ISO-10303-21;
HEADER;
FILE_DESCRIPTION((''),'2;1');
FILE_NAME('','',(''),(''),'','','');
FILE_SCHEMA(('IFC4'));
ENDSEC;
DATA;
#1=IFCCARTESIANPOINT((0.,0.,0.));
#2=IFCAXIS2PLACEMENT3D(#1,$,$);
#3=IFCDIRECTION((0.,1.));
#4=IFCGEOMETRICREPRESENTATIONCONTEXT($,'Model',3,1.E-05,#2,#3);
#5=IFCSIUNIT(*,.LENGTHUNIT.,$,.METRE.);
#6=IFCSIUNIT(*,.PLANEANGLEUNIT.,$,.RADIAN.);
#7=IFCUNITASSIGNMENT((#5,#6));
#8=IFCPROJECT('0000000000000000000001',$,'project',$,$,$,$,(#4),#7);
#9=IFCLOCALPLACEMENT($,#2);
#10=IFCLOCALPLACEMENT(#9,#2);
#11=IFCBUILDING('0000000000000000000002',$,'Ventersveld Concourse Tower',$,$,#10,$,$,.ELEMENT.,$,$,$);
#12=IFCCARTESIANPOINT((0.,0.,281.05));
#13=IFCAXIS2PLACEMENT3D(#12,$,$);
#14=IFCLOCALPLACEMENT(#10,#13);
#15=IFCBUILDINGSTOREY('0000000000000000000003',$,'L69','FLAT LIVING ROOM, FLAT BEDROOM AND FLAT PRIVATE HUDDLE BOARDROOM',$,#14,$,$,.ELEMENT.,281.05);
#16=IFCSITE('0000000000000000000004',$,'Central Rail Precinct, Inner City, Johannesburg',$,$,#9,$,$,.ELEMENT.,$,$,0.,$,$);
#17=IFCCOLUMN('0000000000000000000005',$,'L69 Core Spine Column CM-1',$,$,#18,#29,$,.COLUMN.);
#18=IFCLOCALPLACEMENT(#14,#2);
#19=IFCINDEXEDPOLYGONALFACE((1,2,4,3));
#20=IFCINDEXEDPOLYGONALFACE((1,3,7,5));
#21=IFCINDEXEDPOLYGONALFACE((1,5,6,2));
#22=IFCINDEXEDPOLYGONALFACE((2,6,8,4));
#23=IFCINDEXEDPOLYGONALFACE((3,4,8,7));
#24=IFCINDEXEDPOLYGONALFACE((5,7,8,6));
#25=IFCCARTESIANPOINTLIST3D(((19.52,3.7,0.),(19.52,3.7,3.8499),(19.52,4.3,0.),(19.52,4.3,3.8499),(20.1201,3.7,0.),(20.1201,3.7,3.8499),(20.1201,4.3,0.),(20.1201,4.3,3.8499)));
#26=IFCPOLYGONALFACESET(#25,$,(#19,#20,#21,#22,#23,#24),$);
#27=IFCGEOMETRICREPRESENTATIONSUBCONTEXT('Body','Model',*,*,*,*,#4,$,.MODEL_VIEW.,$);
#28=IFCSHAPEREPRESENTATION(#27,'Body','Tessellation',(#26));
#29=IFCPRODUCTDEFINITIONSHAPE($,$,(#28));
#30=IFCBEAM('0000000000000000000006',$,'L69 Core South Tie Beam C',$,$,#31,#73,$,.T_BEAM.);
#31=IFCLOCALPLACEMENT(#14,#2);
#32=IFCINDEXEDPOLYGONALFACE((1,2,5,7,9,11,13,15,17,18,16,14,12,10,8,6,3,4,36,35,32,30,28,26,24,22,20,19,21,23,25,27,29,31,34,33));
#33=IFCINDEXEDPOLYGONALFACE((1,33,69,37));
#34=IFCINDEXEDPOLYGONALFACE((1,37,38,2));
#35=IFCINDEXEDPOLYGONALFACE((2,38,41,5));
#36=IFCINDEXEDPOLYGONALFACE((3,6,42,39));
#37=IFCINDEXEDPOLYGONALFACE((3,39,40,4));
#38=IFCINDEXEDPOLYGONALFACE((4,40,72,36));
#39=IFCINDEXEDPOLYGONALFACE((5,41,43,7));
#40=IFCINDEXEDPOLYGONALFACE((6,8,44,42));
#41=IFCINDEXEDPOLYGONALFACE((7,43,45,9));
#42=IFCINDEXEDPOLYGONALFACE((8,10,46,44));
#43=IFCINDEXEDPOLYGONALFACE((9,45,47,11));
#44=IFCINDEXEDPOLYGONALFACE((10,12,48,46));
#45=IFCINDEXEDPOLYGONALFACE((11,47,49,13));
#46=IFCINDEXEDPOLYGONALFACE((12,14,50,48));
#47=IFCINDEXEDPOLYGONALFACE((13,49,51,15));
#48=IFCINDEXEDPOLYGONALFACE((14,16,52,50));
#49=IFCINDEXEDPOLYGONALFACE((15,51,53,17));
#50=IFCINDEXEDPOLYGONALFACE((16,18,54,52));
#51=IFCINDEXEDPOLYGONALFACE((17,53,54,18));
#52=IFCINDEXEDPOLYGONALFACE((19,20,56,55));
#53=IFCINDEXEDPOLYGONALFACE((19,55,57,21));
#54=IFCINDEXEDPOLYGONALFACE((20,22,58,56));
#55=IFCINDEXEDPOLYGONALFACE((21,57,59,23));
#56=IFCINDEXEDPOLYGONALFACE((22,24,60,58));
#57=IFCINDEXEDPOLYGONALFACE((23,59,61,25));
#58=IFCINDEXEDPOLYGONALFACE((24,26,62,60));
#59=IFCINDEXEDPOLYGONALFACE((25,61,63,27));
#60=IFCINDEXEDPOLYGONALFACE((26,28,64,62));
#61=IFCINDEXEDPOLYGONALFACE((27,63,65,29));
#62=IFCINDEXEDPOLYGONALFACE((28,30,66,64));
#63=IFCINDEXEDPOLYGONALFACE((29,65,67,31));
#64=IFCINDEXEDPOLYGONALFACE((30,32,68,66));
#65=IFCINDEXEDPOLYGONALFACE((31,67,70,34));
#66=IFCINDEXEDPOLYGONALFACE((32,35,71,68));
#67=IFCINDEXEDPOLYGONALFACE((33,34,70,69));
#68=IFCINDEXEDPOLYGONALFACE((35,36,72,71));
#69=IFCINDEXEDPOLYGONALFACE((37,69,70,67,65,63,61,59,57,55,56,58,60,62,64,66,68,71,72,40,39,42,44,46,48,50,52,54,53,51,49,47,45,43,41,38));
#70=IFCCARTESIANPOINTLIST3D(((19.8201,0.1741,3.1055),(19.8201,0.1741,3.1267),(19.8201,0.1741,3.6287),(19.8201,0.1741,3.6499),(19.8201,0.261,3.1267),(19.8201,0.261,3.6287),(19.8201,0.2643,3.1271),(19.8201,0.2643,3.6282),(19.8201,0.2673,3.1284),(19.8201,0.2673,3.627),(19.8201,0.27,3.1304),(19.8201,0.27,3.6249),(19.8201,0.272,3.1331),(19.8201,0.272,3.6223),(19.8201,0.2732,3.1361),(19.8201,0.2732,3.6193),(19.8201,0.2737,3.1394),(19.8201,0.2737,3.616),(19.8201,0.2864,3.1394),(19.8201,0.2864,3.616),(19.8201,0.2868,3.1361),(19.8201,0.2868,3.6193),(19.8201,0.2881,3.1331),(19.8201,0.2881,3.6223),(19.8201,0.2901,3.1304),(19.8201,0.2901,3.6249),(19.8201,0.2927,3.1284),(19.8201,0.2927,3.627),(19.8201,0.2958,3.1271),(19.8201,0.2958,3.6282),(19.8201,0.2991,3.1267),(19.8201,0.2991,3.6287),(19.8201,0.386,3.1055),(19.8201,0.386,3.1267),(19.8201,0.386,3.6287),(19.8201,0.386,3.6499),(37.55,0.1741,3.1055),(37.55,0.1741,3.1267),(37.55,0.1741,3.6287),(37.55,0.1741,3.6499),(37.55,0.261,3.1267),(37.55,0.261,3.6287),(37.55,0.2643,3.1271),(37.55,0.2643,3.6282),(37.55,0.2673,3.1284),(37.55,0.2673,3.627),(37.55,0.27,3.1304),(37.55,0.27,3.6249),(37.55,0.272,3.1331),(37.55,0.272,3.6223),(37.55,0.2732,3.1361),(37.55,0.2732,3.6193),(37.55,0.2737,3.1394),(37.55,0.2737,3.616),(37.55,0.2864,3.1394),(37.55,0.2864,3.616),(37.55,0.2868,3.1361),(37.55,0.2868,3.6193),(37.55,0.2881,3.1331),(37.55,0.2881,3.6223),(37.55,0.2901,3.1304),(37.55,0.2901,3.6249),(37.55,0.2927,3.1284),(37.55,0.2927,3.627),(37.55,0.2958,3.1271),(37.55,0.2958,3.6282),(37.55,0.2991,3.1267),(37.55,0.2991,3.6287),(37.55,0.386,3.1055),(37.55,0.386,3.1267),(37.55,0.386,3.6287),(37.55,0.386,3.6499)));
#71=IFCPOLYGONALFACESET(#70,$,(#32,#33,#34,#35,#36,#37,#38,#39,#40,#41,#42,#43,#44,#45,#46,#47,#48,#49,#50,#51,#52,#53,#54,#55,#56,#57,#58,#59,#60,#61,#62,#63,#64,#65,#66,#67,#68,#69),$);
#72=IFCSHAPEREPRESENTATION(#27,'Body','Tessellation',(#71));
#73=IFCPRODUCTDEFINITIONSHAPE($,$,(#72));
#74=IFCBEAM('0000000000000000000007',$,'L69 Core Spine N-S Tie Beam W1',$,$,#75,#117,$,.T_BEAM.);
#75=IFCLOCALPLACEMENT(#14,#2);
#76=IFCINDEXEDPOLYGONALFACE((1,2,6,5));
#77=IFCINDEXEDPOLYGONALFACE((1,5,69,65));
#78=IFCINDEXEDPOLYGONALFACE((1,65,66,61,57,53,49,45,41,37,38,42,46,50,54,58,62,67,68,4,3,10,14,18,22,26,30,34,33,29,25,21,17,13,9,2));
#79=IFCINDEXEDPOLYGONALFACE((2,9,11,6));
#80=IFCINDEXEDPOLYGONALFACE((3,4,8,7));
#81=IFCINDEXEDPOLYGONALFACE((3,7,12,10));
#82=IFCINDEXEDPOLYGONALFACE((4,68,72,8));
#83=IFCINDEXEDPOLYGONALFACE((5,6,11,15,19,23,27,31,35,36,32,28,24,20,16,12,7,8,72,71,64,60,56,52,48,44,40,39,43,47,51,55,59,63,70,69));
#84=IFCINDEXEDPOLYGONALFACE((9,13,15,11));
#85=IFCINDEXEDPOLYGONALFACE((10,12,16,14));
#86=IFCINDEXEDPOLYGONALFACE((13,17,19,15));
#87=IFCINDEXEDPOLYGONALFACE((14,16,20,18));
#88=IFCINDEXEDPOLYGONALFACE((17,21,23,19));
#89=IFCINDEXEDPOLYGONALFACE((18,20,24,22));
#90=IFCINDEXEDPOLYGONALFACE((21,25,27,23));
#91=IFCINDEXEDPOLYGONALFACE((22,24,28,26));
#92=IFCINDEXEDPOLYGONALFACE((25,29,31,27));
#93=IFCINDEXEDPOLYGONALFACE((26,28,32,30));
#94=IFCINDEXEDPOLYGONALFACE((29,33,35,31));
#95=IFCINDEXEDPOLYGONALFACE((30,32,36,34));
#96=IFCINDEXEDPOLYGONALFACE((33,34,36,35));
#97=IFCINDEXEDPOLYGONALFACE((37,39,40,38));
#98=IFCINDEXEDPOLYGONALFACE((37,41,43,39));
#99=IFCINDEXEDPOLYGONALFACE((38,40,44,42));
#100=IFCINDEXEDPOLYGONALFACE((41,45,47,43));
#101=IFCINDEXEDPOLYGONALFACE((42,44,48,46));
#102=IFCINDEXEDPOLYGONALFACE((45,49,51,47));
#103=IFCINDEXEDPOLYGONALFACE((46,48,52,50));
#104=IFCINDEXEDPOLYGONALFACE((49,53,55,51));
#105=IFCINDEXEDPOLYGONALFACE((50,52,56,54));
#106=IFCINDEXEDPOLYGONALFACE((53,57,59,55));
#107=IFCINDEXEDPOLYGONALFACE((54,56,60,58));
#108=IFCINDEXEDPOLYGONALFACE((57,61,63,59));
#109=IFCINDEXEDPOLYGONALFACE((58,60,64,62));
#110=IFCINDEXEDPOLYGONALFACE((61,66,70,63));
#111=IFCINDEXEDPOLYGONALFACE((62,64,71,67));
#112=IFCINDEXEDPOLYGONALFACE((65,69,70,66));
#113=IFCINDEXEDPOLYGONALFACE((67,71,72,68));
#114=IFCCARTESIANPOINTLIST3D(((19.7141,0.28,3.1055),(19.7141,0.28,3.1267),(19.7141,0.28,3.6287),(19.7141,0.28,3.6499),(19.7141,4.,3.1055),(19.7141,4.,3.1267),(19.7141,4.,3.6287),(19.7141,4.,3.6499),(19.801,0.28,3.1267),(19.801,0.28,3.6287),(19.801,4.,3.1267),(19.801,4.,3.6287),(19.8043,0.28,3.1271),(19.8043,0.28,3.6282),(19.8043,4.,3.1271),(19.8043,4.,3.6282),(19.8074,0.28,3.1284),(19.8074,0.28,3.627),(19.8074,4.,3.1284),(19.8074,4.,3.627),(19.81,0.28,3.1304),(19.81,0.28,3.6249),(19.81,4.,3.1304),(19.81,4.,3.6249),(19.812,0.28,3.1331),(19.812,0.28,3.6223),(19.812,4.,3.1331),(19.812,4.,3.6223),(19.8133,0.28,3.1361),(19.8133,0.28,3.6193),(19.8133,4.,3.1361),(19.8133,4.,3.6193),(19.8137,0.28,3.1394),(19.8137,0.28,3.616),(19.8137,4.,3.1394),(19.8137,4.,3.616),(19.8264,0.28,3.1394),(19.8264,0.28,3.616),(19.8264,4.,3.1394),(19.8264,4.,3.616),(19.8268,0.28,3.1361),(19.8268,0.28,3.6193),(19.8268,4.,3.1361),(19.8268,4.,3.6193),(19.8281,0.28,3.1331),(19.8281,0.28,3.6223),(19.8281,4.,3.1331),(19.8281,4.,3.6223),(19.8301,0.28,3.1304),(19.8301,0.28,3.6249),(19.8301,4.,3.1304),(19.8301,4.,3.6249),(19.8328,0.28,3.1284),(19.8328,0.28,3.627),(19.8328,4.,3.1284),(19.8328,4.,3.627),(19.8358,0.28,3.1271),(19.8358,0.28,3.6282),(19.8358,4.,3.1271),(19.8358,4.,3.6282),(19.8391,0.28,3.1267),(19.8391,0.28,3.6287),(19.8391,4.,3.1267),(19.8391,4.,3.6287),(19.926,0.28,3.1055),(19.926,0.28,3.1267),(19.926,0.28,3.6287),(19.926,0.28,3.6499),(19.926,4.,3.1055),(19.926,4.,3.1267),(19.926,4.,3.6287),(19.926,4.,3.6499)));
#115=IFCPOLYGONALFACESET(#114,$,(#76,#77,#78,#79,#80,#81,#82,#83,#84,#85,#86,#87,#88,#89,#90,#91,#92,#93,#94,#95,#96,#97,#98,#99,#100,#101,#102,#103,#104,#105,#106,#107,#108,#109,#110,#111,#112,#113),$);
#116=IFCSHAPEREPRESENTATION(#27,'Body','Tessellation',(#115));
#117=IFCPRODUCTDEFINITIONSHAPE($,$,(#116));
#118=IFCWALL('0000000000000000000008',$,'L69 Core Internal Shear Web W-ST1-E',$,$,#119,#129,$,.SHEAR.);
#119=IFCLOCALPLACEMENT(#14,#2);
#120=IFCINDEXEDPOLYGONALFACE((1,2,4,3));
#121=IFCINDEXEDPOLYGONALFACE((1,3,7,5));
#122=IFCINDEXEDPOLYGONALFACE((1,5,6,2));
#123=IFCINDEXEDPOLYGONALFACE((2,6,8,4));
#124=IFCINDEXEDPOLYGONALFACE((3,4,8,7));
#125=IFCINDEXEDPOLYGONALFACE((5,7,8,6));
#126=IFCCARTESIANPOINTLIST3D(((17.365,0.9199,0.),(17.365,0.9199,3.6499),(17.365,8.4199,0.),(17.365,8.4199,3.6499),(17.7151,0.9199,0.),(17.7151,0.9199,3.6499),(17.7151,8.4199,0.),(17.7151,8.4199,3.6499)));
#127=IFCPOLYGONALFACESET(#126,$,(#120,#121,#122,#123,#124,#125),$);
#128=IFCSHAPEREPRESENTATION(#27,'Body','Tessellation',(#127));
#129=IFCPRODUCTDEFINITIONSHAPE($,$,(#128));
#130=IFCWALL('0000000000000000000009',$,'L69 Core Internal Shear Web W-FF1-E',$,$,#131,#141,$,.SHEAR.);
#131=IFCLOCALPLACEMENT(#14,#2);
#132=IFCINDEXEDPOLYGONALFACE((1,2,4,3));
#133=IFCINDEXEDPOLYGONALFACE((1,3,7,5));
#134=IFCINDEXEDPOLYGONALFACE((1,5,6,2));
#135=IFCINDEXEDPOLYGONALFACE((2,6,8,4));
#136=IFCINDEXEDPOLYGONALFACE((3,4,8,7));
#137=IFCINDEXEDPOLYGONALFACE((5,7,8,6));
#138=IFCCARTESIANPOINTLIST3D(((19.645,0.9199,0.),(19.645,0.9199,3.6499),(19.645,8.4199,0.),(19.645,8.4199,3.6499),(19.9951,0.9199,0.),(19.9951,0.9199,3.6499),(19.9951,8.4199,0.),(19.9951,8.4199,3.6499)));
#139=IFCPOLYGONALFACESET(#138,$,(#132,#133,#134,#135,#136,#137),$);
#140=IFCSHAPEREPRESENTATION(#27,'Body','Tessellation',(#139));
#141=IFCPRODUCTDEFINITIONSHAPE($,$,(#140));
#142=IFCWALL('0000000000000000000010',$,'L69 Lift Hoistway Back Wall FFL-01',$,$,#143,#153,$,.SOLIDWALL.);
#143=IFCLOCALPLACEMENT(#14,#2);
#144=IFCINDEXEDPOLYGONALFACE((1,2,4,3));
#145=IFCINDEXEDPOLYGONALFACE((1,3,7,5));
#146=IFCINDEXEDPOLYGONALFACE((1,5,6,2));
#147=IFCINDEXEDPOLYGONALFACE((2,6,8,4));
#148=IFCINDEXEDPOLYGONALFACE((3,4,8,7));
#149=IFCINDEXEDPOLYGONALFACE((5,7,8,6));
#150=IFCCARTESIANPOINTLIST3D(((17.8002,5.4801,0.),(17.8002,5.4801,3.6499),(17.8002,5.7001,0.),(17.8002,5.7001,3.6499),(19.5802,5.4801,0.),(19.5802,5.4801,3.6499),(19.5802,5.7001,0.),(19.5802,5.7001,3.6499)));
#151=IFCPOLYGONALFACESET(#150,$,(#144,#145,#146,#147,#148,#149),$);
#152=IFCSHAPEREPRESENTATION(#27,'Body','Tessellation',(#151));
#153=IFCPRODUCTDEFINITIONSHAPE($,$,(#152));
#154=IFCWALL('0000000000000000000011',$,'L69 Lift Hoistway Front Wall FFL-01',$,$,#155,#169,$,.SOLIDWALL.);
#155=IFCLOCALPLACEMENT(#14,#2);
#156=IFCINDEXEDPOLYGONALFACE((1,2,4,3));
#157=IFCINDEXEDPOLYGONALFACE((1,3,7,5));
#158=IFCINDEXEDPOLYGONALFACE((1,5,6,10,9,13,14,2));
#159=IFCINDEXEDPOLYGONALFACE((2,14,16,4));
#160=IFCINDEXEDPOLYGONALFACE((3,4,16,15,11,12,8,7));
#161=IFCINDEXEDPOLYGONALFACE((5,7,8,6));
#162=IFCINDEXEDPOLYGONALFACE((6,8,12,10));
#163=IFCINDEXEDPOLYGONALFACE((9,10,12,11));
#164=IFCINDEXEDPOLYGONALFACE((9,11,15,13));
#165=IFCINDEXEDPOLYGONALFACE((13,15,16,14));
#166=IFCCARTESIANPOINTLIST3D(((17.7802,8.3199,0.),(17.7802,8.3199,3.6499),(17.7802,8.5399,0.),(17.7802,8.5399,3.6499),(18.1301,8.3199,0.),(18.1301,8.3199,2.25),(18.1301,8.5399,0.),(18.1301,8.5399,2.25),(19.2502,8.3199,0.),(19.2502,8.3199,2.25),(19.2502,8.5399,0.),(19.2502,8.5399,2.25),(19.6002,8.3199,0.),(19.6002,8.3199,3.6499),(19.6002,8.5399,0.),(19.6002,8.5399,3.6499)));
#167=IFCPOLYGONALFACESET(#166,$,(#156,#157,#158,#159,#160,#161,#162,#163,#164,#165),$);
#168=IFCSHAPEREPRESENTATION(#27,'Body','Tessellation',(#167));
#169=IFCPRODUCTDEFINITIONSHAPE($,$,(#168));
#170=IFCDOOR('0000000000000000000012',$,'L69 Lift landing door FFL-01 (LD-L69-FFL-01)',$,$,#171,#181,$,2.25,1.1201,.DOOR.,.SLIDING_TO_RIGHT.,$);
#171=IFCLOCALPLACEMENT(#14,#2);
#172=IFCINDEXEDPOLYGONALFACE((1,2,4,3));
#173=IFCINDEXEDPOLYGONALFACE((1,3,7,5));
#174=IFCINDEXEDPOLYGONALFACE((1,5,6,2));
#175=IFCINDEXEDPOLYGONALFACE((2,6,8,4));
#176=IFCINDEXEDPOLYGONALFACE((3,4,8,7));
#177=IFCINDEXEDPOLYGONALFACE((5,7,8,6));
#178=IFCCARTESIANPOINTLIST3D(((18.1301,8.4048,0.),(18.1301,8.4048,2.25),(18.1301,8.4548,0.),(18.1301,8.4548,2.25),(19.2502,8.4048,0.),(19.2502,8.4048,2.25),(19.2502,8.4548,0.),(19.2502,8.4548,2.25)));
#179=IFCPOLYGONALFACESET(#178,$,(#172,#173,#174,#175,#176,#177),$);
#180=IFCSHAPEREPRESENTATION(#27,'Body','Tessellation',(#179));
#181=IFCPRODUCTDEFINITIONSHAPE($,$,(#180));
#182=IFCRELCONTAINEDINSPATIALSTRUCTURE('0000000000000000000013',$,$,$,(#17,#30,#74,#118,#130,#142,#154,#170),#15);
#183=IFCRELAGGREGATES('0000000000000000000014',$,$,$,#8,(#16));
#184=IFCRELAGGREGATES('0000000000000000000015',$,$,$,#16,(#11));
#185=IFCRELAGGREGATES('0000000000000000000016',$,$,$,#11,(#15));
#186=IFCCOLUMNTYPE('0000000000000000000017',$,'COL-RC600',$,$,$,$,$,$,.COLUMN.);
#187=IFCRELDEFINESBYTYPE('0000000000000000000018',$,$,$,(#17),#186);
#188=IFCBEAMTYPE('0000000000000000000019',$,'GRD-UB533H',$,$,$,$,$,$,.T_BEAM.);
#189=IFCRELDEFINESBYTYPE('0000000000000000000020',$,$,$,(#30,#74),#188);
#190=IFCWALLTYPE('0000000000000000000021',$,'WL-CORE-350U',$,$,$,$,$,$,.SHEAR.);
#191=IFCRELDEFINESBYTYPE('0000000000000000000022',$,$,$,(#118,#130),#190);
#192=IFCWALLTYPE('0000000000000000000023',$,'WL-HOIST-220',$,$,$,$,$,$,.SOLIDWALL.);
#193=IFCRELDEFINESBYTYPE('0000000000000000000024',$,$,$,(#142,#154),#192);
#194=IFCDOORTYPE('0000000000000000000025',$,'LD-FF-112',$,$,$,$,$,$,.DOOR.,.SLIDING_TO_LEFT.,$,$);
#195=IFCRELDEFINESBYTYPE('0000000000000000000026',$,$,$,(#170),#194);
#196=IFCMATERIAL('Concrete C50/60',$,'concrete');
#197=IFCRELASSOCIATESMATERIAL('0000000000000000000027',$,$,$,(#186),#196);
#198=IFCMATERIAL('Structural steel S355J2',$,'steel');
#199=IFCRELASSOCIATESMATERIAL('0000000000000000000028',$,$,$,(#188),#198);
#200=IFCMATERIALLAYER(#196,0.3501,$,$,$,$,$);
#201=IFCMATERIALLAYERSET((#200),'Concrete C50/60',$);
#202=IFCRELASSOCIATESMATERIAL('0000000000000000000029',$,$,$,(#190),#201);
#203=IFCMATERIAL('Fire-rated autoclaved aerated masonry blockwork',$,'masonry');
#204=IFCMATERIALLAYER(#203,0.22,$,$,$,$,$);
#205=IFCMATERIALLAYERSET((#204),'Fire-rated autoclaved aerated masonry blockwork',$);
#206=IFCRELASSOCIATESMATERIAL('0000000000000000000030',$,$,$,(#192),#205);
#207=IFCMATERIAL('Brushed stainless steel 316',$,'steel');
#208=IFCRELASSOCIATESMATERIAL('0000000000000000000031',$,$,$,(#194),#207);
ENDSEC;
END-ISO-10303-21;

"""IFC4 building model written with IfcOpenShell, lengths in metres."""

from ifc_helpers import new_model, si_unit, direction, frame, frame_2d, origin, origin_2d, place, context, subcontext, project, spatial, rectangle, i_section, extrude, material, layer, layer_set, material_profile, profile_set, type_object, element, fill, save


model = new_model("IFC4")

# Units and contexts
model_context = context("Model", 3, precision=1e-05, world=origin(), true_north=direction((0.0, 1.0)))
body_context = subcontext(model_context, "Body", "Model", "MODEL_VIEW")
ifc_project = project(units=[si_unit("LENGTHUNIT", "METRE"), si_unit("PLANEANGLEUNIT", "RADIAN")], contexts=[model_context])

# Site, building, storey
site_placement = place(None, origin())
site = spatial("IfcSite", under=ifc_project, at=site_placement, Name="Central Rail Precinct, Inner City, Johannesburg", CompositionType="ELEMENT", RefElevation=0.0)
building_placement = place(site_placement, origin())
building = spatial("IfcBuilding", under=site, at=building_placement, Name="Ventersveld Concourse Tower", CompositionType="ELEMENT")
storey_placement = place(building_placement, frame((0.0, 0.0, 281.05)))
storey = spatial("IfcBuildingStorey", under=building, at=storey_placement, Name="L69", Description="FLAT LIVING ROOM, FLAT BEDROOM AND FLAT PRIVATE HUDDLE BOARDROOM", CompositionType="ELEMENT", Elevation=281.05)

# Column
ifc_material_1 = material(Name="Concrete C50/60", Category="concrete")
ifc_material_profile_1 = material_profile(ifc_material_1, rectangle(XDim=0.6001, YDim=0.6001, at=origin_2d()), Name="RC 600x600")
ifc_profile_set_1 = profile_set([ifc_material_profile_1], Name="Concrete C50/60")
column_type = type_object("IfcColumnType", Name="COL-RC600", PredefinedType="COLUMN", material=ifc_profile_set_1)
column_placement = place(storey_placement, frame((19.8201, 4.0, 0.0), z_axis=(0.0, 0.0, 1.0), x_axis=(1.0, 0.0, 0.0)))
element("IfcColumn", 1, at=column_placement, inside=storey, type_object=column_type, Name="L69 Core Spine Column CM-1", PredefinedType="COLUMN", context=body_context, shape_type="SweptSolid", body=[
    extrude(rectangle(XDim=0.6001, YDim=0.6001, at=origin_2d()), origin(), (0.0, 0.0, 1.0), 3.8499),
])

# Beams
ifc_material_2 = material(Name="Structural steel S355J2", Category="steel")
ifc_material_profile_2 = material_profile(ifc_material_2, i_section(OverallWidth=0.2119, OverallDepth=0.5444, WebThickness=0.0127, FlangeThickness=0.0212, FilletRadius=0.0127, at=origin_2d()), Name="UB 533x210x122")
ifc_profile_set_2 = profile_set([ifc_material_profile_2], Name="Structural steel S355J2")
beam_type = type_object("IfcBeamType", Name="GRD-UB533H", PredefinedType="T_BEAM", material=ifc_profile_set_2)
beam_1_placement = place(storey_placement, frame((19.8201, 0.28, 3.3777), z_axis=(1.0, 0.0, 0.0), x_axis=(0.0, 1.0, 0.0)))
element("IfcBeam", 2, at=beam_1_placement, inside=storey, type_object=beam_type, Name="L69 Core South Tie Beam C", PredefinedType="T_BEAM", context=body_context, shape_type="SweptSolid", body=[
    extrude(i_section(OverallWidth=0.2119, OverallDepth=0.5444, WebThickness=0.0127, FlangeThickness=0.0212, FilletRadius=0.0127, at=origin_2d()), origin(), (0.0, 0.0, 1.0), 17.73),
])
beam_2_placement = place(storey_placement, frame((19.8201, 0.28, 3.3777), z_axis=(0.0, 1.0, 0.0), x_axis=(-1.0, 0.0, 0.0)))
element("IfcBeam", 3, at=beam_2_placement, inside=storey, type_object=beam_type, Name="L69 Core Spine N-S Tie Beam W1", PredefinedType="T_BEAM", context=body_context, shape_type="SweptSolid", body=[
    extrude(i_section(OverallWidth=0.2119, OverallDepth=0.5444, WebThickness=0.0127, FlangeThickness=0.0212, FilletRadius=0.0127, at=origin_2d()), origin(), (0.0, 0.0, 1.0), 3.72),
])

# Walls
ifc_layer_1 = layer(ifc_material_1, 0.3501)
ifc_layer_set_1 = layer_set([ifc_layer_1], Name="Concrete C50/60")
wall_type_1 = type_object("IfcWallType", Name="WL-CORE-350U", PredefinedType="SHEAR", material=ifc_layer_set_1)
for number, where, z_axis, x_axis, name in (
    (4, (17.54, 0.9199, 0.0), (0.0, 0.0, 1.0), (0.0, 1.0, 0.0), "L69 Core Internal Shear Web W-ST1-E"),
    (5, (19.8201, 0.9199, 0.0), (0.0, 0.0, 1.0), (0.0, 1.0, 0.0), "L69 Core Internal Shear Web W-FF1-E"),
):
    element("IfcWall", number, at=place(storey_placement, frame(where, z_axis=z_axis, x_axis=x_axis)), inside=storey, type_object=wall_type_1, Name=name, PredefinedType="SHEAR", context=body_context, shape_type="SweptSolid", body=[
        extrude(rectangle(XDim=7.5, YDim=0.3501, at=frame_2d((3.75, 0.0))), origin(), (0.0, 0.0, 1.0), 3.6499),
    ])
ifc_material_3 = material(Name="Fire-rated autoclaved aerated masonry blockwork", Category="masonry")
ifc_layer_2 = layer(ifc_material_3, 0.22)
ifc_layer_set_2 = layer_set([ifc_layer_2], Name="Fire-rated autoclaved aerated masonry blockwork")
wall_type_2 = type_object("IfcWallType", Name="WL-HOIST-220", PredefinedType="SOLIDWALL", material=ifc_layer_set_2)
wall_1_placement = place(storey_placement, frame((17.8, 5.5901, 0.0), z_axis=(0.0, 0.0, 1.0), x_axis=(1.0, 0.0, 0.0)))
element("IfcWall", 6, at=wall_1_placement, inside=storey, type_object=wall_type_2, Name="L69 Lift Hoistway Back Wall FFL-01", PredefinedType="SOLIDWALL", context=body_context, shape_type="SweptSolid", body=[
    extrude(rectangle(XDim=1.78, YDim=0.22, at=frame_2d((0.8901, 0.0))), origin(), (0.0, 0.0, 1.0), 3.6499),
])

# Wall, opening, door
wall_2_placement = place(storey_placement, frame((17.78, 8.4299, 0.0), z_axis=(0.0, 0.0, 1.0), x_axis=(1.0, 0.0, 0.0)))
wall_2 = element("IfcWall", 7, at=wall_2_placement, inside=storey, type_object=wall_type_2, Name="L69 Lift Hoistway Front Wall FFL-01", PredefinedType="SOLIDWALL", context=body_context, shape_type="SweptSolid", body=[
    extrude(rectangle(XDim=1.8201, YDim=0.22, at=frame_2d((0.9102, 0.0))), origin(), (0.0, 0.0, 1.0), 3.6499),
])
opening_1_placement = place(wall_2_placement, frame((0.3501, 0.0, 0.0)))
opening_1 = element("IfcOpeningElement", 8, at=opening_1_placement, cuts=wall_2, PredefinedType="OPENING", context=body_context, shape_type="SweptSolid", body=[
    extrude(rectangle(XDim=1.1201, YDim=2.25, at=frame_2d((0.5601, 1.125))), frame((0.0, 0.1201, 0.0), z_axis=(0.0, -1.0, 0.0), x_axis=(1.0, 0.0, 0.0)), (0.0, 0.0, 1.0), 0.24),
])
ifc_material_4 = material(Name="Brushed stainless steel 316", Category="steel")
door_type_1 = type_object("IfcDoorType", Name="LD-FF-112", OperationType="SLIDING_TO_LEFT", PredefinedType="DOOR", material=ifc_material_4)
door_1_placement = place(opening_1_placement, origin())
door_1 = element("IfcDoor", 9, at=door_1_placement, inside=storey, type_object=door_type_1, Name="L69 Lift landing door FFL-01 (LD-L69-FFL-01)", OperationType="SLIDING_TO_RIGHT", OverallHeight=2.25, OverallWidth=1.1201, PredefinedType="DOOR", context=body_context, shape_type="SweptSolid", body=[
    extrude(rectangle(XDim=1.1201, YDim=2.25, at=frame_2d((0.5601, 1.125))), frame((0.0, 0.0249, 0.0), z_axis=(0.0, -1.0, 0.0), x_axis=(1.0, 0.0, 0.0)), (0.0, 0.0, 1.0), 0.05),
])
fill(opening_1, door_1)

save(model, "model.ifc")
